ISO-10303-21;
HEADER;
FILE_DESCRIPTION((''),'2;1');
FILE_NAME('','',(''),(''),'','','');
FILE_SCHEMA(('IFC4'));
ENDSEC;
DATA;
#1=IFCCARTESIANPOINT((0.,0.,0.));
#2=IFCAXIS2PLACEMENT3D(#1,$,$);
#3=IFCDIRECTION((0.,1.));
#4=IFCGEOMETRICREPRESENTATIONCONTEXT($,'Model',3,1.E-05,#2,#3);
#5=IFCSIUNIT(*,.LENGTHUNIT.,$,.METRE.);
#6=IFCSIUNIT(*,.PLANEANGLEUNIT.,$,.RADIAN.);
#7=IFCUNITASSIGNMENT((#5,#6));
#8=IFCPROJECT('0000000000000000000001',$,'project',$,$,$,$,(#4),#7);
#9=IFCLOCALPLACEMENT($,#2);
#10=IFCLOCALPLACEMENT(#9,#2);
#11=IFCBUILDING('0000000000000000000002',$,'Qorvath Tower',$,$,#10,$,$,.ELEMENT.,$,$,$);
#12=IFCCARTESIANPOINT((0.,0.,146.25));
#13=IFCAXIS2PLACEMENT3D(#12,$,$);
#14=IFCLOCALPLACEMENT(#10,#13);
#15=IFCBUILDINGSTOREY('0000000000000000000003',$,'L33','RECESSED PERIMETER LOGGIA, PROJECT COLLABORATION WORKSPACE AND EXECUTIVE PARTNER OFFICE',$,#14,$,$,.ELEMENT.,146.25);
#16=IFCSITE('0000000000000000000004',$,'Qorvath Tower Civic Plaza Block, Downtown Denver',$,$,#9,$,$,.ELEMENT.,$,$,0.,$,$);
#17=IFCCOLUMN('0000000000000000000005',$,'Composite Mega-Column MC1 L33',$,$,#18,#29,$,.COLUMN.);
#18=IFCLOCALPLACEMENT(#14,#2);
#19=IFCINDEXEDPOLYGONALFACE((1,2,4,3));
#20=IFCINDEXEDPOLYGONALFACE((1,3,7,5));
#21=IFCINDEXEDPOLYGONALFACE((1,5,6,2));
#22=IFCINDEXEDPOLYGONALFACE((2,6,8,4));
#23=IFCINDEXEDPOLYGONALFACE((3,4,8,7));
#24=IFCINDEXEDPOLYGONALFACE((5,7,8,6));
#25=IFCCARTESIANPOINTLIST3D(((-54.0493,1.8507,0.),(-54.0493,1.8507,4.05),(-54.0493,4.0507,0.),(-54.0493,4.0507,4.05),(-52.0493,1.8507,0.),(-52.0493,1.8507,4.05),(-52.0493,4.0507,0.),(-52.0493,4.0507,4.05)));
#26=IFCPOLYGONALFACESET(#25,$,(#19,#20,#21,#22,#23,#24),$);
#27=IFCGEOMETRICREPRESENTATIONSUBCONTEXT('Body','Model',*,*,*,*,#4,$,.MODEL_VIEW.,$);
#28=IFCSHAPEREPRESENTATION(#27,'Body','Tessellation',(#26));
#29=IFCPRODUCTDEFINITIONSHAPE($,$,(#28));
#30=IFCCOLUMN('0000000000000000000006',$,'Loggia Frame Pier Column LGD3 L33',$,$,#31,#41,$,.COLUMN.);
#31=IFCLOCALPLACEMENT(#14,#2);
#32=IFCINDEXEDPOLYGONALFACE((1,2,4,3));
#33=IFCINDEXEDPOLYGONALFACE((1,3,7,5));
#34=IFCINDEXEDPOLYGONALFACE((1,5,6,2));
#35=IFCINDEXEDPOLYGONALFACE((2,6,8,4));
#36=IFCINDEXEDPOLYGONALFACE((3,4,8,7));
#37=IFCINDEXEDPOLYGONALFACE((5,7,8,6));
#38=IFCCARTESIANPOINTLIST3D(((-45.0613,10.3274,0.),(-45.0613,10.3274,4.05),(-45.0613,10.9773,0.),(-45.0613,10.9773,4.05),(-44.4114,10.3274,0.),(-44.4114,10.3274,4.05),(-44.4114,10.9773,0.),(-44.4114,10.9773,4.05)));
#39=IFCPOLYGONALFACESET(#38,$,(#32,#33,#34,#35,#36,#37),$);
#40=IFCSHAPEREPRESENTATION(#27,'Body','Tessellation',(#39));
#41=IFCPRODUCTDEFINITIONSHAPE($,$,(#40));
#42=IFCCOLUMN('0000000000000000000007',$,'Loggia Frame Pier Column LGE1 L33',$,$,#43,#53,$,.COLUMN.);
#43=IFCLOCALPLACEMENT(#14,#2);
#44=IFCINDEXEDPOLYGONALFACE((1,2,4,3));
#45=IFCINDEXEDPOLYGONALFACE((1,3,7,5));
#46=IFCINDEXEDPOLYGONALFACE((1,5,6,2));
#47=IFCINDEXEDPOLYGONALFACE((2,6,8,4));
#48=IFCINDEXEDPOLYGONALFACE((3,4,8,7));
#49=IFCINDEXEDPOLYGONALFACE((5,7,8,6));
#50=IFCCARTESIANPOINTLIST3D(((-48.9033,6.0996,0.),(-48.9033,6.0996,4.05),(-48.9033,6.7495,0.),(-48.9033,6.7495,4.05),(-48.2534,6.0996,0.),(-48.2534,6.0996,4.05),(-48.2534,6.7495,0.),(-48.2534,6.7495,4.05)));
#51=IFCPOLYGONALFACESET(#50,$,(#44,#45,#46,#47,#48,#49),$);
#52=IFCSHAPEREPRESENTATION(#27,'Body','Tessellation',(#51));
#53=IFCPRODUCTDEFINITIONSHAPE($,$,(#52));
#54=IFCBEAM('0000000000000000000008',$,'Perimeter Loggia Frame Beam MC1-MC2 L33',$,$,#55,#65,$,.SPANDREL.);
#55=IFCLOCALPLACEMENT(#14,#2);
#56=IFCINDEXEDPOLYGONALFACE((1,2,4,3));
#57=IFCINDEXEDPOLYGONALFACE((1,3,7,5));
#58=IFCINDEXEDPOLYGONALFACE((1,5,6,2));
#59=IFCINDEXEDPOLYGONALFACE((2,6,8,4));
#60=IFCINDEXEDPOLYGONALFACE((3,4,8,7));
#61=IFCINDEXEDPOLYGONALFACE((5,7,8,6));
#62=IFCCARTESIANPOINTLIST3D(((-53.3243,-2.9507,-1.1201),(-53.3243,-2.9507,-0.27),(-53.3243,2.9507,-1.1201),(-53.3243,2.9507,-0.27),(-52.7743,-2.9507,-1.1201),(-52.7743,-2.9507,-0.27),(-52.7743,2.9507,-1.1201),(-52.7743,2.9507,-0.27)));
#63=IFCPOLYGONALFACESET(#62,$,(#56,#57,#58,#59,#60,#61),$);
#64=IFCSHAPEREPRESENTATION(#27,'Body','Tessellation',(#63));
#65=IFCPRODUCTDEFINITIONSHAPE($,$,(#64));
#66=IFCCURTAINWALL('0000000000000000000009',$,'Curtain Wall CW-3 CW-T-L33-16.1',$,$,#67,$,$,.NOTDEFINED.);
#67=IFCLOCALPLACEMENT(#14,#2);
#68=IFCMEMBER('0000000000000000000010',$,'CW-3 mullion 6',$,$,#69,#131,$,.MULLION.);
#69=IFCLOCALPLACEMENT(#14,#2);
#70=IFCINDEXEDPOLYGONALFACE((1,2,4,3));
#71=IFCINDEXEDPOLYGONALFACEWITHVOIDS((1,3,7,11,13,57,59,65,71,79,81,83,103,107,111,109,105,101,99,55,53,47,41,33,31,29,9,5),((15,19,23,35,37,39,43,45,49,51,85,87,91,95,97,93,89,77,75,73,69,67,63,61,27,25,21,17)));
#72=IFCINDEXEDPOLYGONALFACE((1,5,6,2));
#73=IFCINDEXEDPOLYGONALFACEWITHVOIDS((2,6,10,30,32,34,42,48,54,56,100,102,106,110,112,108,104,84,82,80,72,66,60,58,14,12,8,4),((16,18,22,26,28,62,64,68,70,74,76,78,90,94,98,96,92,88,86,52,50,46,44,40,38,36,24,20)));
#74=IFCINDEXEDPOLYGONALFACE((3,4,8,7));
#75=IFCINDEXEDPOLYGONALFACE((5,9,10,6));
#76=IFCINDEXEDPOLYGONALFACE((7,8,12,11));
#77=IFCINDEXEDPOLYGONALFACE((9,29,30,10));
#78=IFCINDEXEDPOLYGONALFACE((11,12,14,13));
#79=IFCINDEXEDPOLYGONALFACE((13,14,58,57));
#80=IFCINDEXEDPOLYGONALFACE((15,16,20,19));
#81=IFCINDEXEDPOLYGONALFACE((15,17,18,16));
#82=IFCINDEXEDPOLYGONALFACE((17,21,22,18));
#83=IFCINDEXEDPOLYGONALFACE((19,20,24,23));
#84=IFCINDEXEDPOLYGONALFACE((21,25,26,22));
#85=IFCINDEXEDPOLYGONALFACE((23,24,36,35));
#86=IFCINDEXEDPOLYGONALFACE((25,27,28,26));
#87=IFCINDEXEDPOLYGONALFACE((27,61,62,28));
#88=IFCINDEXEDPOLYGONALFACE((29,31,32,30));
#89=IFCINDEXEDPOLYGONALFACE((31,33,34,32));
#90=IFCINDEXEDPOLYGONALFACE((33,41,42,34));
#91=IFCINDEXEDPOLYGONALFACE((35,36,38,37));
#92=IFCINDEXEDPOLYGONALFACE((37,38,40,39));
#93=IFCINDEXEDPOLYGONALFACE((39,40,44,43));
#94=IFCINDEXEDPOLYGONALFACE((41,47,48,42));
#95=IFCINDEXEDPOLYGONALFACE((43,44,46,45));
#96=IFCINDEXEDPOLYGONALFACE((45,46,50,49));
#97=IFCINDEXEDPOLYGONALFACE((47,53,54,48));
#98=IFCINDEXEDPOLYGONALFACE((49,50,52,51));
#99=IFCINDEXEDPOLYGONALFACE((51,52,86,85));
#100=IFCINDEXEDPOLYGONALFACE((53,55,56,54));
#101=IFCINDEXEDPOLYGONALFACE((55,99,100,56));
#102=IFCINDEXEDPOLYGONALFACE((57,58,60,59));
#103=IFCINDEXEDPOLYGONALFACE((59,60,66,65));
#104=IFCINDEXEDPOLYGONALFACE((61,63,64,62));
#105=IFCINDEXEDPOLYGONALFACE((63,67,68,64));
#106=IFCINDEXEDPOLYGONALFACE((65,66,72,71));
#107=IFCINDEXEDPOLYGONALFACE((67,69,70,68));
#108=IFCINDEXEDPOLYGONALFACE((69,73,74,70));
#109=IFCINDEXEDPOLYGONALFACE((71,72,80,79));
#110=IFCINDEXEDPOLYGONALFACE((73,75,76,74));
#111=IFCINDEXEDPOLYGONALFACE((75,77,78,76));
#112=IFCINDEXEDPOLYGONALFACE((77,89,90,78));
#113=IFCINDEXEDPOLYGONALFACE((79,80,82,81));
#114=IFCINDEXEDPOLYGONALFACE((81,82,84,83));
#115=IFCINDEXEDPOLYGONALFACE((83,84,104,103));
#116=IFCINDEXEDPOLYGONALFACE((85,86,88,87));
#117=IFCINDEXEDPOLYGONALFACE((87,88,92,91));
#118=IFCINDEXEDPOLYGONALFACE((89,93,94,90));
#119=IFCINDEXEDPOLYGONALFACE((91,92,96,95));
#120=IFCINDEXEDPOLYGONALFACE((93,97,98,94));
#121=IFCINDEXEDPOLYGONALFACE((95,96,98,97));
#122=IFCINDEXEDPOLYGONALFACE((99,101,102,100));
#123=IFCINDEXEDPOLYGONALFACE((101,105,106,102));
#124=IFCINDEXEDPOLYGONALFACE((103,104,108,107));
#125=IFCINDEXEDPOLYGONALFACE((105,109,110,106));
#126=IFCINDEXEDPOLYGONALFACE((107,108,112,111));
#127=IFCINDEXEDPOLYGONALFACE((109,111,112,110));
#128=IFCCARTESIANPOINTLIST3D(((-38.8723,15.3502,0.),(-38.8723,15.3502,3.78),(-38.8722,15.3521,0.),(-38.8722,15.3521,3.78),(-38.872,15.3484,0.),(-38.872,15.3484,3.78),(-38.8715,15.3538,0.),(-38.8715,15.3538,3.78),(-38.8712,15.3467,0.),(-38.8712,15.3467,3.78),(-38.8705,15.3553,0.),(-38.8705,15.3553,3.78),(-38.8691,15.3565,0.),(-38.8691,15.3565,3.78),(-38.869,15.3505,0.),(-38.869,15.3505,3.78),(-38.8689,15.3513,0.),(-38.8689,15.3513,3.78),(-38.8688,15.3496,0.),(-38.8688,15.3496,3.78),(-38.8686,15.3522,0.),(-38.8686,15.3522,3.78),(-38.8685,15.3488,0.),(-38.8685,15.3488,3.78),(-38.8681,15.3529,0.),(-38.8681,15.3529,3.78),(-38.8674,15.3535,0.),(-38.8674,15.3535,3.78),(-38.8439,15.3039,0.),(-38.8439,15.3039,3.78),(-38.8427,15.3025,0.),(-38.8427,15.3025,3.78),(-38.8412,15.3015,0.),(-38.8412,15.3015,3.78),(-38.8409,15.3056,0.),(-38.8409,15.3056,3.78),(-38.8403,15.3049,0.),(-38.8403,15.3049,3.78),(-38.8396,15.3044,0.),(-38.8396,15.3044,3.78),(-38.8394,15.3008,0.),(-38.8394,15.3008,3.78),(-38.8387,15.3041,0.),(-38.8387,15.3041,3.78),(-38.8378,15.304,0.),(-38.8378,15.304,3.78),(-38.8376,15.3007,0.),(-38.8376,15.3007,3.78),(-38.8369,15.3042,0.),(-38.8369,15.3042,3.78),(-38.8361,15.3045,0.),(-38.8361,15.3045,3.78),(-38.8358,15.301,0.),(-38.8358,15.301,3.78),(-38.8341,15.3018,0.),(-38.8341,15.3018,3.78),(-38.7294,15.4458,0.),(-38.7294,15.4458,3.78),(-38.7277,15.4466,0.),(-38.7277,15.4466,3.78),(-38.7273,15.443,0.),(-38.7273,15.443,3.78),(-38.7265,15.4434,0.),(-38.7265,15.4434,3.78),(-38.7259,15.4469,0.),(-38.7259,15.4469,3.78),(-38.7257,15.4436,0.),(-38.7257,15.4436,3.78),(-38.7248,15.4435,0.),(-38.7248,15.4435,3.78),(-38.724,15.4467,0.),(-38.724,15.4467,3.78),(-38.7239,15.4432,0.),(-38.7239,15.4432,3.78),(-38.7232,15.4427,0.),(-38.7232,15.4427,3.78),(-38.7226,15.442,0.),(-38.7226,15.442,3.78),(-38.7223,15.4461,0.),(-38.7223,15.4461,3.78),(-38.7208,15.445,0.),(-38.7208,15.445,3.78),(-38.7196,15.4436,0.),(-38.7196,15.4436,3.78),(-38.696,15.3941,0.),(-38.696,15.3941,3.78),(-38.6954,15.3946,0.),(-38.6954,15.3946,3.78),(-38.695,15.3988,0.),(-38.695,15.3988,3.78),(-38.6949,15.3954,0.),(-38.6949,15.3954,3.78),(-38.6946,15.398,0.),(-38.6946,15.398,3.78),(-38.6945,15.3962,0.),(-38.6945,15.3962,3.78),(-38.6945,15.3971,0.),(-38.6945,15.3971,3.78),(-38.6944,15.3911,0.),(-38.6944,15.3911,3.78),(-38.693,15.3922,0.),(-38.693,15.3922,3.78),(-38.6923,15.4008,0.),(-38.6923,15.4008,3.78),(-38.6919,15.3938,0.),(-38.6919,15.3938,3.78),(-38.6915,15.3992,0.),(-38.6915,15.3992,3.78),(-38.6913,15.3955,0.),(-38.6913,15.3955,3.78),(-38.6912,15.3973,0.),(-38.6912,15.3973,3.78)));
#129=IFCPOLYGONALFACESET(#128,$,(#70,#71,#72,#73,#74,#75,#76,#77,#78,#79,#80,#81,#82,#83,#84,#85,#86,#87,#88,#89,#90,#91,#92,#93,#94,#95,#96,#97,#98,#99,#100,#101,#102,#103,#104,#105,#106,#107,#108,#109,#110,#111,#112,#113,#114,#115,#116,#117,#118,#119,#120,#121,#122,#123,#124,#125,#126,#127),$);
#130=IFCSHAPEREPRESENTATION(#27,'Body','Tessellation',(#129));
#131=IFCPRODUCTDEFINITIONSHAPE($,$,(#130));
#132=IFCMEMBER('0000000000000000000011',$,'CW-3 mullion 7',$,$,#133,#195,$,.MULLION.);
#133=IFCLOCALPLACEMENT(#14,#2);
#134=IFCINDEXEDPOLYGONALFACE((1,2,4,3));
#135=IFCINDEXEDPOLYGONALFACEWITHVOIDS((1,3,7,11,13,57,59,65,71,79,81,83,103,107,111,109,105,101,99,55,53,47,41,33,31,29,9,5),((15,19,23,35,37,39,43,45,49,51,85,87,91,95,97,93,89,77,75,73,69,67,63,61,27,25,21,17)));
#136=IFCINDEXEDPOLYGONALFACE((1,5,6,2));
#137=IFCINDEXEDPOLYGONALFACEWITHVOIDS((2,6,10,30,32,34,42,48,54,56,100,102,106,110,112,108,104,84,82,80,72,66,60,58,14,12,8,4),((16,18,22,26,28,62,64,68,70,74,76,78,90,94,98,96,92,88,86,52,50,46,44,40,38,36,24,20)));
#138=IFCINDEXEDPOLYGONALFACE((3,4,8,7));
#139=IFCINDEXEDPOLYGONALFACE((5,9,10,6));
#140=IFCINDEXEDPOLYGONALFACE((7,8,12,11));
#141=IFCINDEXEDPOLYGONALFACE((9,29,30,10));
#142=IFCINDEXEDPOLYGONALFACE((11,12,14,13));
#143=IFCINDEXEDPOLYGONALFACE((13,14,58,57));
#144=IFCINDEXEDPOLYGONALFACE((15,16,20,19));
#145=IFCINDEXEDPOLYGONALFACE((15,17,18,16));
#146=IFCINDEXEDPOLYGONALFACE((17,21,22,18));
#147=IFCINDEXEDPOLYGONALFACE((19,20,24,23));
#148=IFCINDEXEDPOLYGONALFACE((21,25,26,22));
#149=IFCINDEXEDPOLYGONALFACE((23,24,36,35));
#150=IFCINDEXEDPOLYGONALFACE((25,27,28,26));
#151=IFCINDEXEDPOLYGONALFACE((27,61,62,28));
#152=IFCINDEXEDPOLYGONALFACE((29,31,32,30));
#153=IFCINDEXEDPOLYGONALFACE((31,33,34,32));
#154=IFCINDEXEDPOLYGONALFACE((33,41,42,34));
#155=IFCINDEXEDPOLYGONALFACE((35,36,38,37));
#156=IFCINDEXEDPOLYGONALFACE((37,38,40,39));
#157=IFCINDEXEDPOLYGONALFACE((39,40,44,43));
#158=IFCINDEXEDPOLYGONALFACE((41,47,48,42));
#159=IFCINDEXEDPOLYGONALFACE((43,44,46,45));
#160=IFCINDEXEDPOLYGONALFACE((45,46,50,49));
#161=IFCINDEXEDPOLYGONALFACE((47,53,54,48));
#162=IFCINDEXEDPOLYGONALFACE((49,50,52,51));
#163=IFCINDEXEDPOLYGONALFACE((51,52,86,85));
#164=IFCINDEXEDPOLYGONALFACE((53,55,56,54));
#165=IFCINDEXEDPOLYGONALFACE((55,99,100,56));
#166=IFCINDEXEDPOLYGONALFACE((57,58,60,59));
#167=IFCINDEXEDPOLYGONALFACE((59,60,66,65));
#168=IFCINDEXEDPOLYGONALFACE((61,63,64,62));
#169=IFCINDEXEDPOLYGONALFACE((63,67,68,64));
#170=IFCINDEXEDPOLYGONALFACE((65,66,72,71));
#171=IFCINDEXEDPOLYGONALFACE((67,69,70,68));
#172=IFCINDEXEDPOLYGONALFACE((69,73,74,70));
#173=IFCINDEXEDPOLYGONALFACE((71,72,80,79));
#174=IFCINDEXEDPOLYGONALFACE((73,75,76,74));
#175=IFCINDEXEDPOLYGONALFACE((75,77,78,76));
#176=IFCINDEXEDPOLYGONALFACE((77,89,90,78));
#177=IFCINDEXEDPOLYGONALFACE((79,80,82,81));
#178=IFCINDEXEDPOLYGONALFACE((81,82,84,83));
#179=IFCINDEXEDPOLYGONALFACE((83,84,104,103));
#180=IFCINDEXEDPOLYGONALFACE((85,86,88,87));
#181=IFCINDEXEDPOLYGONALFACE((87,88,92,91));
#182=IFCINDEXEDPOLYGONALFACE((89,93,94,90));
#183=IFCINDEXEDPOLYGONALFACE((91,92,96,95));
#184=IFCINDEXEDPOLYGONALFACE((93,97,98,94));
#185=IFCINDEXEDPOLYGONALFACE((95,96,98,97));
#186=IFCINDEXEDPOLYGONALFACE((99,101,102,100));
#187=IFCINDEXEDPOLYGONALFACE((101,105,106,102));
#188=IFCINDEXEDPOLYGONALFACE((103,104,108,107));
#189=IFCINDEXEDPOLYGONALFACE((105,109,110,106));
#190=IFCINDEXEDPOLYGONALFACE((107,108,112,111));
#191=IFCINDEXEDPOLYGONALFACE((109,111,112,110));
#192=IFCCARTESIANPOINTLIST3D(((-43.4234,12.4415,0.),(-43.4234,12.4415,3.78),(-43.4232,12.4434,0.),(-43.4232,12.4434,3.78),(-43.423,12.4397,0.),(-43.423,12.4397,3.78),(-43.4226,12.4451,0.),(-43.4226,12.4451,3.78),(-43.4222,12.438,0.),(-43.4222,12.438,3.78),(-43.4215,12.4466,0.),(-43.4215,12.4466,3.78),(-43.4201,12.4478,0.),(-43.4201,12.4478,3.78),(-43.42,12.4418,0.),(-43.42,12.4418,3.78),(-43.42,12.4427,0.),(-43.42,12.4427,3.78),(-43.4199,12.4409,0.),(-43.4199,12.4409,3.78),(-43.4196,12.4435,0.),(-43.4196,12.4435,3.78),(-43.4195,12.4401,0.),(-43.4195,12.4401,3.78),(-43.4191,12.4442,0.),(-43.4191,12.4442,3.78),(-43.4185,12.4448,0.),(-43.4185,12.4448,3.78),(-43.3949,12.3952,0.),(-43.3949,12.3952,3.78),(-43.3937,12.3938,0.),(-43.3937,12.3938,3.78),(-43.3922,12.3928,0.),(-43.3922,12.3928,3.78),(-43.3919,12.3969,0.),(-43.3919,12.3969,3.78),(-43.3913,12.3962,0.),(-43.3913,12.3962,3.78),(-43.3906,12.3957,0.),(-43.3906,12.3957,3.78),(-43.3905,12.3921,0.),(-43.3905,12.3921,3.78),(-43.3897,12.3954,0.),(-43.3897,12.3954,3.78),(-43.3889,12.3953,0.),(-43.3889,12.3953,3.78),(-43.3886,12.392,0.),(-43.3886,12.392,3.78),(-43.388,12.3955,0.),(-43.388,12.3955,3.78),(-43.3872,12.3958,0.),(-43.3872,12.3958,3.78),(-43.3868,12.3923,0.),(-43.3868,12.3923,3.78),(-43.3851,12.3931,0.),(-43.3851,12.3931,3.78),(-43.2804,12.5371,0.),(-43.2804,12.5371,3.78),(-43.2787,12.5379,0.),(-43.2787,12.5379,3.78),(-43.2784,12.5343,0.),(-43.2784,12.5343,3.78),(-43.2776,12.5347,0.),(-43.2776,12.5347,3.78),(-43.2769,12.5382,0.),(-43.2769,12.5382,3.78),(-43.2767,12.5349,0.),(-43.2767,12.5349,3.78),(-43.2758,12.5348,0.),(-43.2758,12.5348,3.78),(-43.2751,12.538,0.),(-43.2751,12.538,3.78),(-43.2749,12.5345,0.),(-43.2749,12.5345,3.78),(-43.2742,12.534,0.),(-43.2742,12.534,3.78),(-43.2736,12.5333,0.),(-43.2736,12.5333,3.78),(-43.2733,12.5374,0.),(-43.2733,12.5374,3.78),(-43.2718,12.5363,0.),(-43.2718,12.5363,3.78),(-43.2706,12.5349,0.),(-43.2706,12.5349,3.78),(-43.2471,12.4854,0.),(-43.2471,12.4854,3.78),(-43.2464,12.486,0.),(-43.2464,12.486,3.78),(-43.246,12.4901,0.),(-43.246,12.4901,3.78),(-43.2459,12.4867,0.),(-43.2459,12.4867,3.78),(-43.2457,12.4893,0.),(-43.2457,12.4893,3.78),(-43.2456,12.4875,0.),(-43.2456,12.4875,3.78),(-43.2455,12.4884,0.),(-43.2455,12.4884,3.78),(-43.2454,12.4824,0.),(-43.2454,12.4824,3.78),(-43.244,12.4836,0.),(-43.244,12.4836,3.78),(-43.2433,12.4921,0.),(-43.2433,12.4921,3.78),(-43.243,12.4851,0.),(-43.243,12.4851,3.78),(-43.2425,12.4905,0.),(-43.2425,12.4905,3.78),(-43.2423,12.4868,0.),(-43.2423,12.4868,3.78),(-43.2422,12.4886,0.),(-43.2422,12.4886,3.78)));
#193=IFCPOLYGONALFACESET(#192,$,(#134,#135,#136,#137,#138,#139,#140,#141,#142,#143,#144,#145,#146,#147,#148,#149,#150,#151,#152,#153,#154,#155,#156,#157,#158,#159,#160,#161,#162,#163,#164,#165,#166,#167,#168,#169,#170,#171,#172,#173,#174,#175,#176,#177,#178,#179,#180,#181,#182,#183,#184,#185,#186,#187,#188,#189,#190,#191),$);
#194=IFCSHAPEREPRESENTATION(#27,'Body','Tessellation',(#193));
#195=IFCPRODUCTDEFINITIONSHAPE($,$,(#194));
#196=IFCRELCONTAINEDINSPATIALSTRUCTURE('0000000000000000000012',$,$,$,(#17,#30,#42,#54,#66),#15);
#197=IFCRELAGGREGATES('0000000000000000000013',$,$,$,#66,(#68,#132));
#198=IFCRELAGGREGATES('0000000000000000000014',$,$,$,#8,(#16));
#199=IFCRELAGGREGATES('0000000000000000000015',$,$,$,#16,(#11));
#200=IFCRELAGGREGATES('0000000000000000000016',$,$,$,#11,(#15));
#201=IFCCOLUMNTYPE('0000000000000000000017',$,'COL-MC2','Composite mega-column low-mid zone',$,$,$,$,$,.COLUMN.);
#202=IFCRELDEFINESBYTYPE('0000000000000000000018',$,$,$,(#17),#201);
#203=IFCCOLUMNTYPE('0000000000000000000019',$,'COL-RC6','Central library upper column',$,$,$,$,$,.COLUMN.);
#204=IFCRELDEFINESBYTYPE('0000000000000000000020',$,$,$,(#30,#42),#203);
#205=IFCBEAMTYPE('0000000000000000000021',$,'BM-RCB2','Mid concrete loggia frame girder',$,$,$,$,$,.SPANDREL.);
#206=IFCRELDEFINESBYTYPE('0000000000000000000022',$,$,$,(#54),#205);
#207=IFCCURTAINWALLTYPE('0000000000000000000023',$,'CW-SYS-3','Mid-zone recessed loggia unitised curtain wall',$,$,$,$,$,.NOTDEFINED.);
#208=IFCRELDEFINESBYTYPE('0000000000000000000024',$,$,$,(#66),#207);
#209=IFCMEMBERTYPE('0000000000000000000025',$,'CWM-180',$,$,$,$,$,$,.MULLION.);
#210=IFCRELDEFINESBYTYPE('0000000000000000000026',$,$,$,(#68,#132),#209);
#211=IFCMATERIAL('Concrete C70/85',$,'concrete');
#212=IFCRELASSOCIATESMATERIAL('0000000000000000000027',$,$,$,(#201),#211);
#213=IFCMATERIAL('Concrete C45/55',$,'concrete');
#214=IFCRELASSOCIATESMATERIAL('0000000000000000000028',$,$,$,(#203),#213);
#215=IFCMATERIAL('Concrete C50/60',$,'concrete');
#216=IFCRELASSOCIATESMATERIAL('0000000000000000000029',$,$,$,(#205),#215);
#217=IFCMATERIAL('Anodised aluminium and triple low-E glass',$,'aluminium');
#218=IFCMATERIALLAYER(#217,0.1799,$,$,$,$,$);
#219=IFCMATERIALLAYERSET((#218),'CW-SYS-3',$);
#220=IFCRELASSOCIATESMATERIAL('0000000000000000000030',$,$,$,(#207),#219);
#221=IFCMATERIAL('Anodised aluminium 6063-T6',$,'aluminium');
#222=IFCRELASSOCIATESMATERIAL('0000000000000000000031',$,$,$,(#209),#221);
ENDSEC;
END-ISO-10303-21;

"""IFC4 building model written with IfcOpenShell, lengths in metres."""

from ifc_helpers import new_model, si_unit, direction, frame, origin, origin_2d, place, context, subcontext, project, spatial, rectangle, hollow_rectangle, extrude, material, layer, layer_set, material_profile, profile_set, type_object, element, aggregate, save


model = new_model("IFC4")

# Units and contexts
model_context = context("Model", 3, precision=1e-05, world=origin(), true_north=direction((0.0, 1.0)))
body_context = subcontext(model_context, "Body", "Model", "MODEL_VIEW")
ifc_project = project(units=[si_unit("LENGTHUNIT", "METRE"), si_unit("PLANEANGLEUNIT", "RADIAN")], contexts=[model_context])

# Site, building, storey
site_placement = place(None, origin())
site = spatial("IfcSite", under=ifc_project, at=site_placement, Name="Qorvath Tower Civic Plaza Block, Downtown Denver", CompositionType="ELEMENT", RefElevation=0.0)
building_placement = place(site_placement, origin())
building = spatial("IfcBuilding", under=site, at=building_placement, Name="Qorvath Tower", CompositionType="ELEMENT")
storey_placement = place(building_placement, frame((0.0, 0.0, 146.25)))
storey = spatial("IfcBuildingStorey", under=building, at=storey_placement, Name="L33", Description="RECESSED PERIMETER LOGGIA, PROJECT COLLABORATION WORKSPACE AND EXECUTIVE PARTNER OFFICE", CompositionType="ELEMENT", Elevation=146.25)

# Columns
ifc_material_1 = material(Name="Concrete C70/85", Category="concrete")
ifc_material_profile_1 = material_profile(ifc_material_1, rectangle(XDim=2.0, YDim=2.2, at=origin_2d()), Name="MC 2200x2000")
ifc_profile_set_1 = profile_set([ifc_material_profile_1], Name="Concrete C70/85")
column_type_1 = type_object("IfcColumnType", Name="COL-MC2", Description="Composite mega-column low-mid zone", PredefinedType="COLUMN", material=ifc_profile_set_1)
column_placement = place(storey_placement, frame((-53.0493, 2.9507, 0.0), z_axis=(0.0, 0.0, 1.0), x_axis=(1.0, 0.0, 0.0)))
element("IfcColumn", 1, at=column_placement, inside=storey, type_object=column_type_1, Name="Composite Mega-Column MC1 L33", PredefinedType="COLUMN", context=body_context, shape_type="SweptSolid", body=[
    extrude(rectangle(XDim=2.0, YDim=2.2, at=origin_2d()), origin(), (0.0, 0.0, 1.0), 4.05),
])
ifc_material_2 = material(Name="Concrete C45/55", Category="concrete")
ifc_material_profile_2 = material_profile(ifc_material_2, rectangle(XDim=0.6499, YDim=0.6499, at=origin_2d()), Name="RC 650x650")
ifc_profile_set_2 = profile_set([ifc_material_profile_2], Name="Concrete C45/55")
column_type_2 = type_object("IfcColumnType", Name="COL-RC6", Description="Central library upper column", PredefinedType="COLUMN", material=ifc_profile_set_2)
for number, where, z_axis, x_axis, name in (
    (2, (-44.7363, 10.6523, 0.0), (0.0, 0.0, 1.0), (1.0, 0.0, 0.0), "Loggia Frame Pier Column LGD3 L33"),
    (3, (-48.5784, 6.4246, 0.0), (0.0, 0.0, 1.0), (1.0, 0.0, 0.0), "Loggia Frame Pier Column LGE1 L33"),
):
    element("IfcColumn", number, at=place(storey_placement, frame(where, z_axis=z_axis, x_axis=x_axis)), inside=storey, type_object=column_type_2, Name=name, PredefinedType="COLUMN", context=body_context, shape_type="SweptSolid", body=[
        extrude(rectangle(XDim=0.6499, YDim=0.6499, at=origin_2d()), origin(), (0.0, 0.0, 1.0), 4.05),
    ])

# Beam
ifc_material_3 = material(Name="Concrete C50/60", Category="concrete")
ifc_material_profile_3 = material_profile(ifc_material_3, rectangle(XDim=0.55, YDim=0.8501, at=origin_2d()), Name="RCB 850x550")
ifc_profile_set_3 = profile_set([ifc_material_profile_3], Name="Concrete C50/60")
beam_type = type_object("IfcBeamType", Name="BM-RCB2", Description="Mid concrete loggia frame girder", PredefinedType="SPANDREL", material=ifc_profile_set_3)
beam_placement = place(storey_placement, frame((-53.0493, 2.9507, -0.6951), z_axis=(0.0, -1.0, 0.0), x_axis=(1.0, 0.0, 0.0)))
element("IfcBeam", 4, at=beam_placement, inside=storey, type_object=beam_type, Name="Perimeter Loggia Frame Beam MC1-MC2 L33", PredefinedType="SPANDREL", context=body_context, shape_type="SweptSolid", body=[
    extrude(rectangle(XDim=0.55, YDim=0.8501, at=origin_2d()), origin(), (0.0, 0.0, 1.0), 5.9014),
])

# Curtain wall, members
ifc_material_4 = material(Name="Anodised aluminium and triple low-E glass", Category="aluminium")
ifc_layer_1 = layer(ifc_material_4, 0.1799)
ifc_layer_set_1 = layer_set([ifc_layer_1], Name="CW-SYS-3")
curtain_wall_type = type_object("IfcCurtainWallType", Name="CW-SYS-3", Description="Mid-zone recessed loggia unitised curtain wall", PredefinedType="NOTDEFINED", material=ifc_layer_set_1)
curtain_wall_placement = place(storey_placement, origin())
curtain_wall = element("IfcCurtainWall", 5, at=curtain_wall_placement, inside=storey, type_object=curtain_wall_type, Name="Curtain Wall CW-3 CW-T-L33-16.1", PredefinedType="NOTDEFINED")
ifc_material_5 = material(Name="Anodised aluminium 6063-T6", Category="aluminium")
ifc_material_profile_4 = material_profile(ifc_material_5, hollow_rectangle(XDim=0.0649, YDim=0.1799, WallThickness=0.0034, InnerFilletRadius=0.0034, OuterFilletRadius=0.0071, at=origin_2d()), Name="CWM 180x65")
ifc_profile_set_4 = profile_set([ifc_material_profile_4], Name="Anodised aluminium 6063-T6")
member_type_1 = type_object("IfcMemberType", Name="CWM-180", PredefinedType="MULLION", material=ifc_profile_set_4)
member_1_placement = place(storey_placement, frame((-38.7817, 15.3738, 0.0), z_axis=(0.0, 0.0, 1.0), x_axis=(0.538533, -0.842604, 0.0)))
member_1 = element("IfcMember", 6, at=member_1_placement, type_object=member_type_1, Name="CW-3 mullion 6", PredefinedType="MULLION", context=body_context, shape_type="SweptSolid", body=[
    extrude(hollow_rectangle(XDim=0.0649, YDim=0.1799, WallThickness=0.0034, InnerFilletRadius=0.0034, OuterFilletRadius=0.0071, at=origin_2d()), origin(), (0.0, 0.0, 1.0), 3.78),
])
member_2_placement = place(storey_placement, frame((-43.3328, 12.4651, 0.0), z_axis=(0.0, 0.0, 1.0), x_axis=(0.538533, -0.842604, 0.0)))
member_2 = element("IfcMember", 7, at=member_2_placement, type_object=member_type_1, Name="CW-3 mullion 7", PredefinedType="MULLION", context=body_context, shape_type="SweptSolid", body=[
    extrude(hollow_rectangle(XDim=0.0649, YDim=0.1799, WallThickness=0.0034, InnerFilletRadius=0.0034, OuterFilletRadius=0.0071, at=origin_2d()), origin(), (0.0, 0.0, 1.0), 3.78),
])
aggregate(curtain_wall, [member_1, member_2])

save(model, "model.ifc")
